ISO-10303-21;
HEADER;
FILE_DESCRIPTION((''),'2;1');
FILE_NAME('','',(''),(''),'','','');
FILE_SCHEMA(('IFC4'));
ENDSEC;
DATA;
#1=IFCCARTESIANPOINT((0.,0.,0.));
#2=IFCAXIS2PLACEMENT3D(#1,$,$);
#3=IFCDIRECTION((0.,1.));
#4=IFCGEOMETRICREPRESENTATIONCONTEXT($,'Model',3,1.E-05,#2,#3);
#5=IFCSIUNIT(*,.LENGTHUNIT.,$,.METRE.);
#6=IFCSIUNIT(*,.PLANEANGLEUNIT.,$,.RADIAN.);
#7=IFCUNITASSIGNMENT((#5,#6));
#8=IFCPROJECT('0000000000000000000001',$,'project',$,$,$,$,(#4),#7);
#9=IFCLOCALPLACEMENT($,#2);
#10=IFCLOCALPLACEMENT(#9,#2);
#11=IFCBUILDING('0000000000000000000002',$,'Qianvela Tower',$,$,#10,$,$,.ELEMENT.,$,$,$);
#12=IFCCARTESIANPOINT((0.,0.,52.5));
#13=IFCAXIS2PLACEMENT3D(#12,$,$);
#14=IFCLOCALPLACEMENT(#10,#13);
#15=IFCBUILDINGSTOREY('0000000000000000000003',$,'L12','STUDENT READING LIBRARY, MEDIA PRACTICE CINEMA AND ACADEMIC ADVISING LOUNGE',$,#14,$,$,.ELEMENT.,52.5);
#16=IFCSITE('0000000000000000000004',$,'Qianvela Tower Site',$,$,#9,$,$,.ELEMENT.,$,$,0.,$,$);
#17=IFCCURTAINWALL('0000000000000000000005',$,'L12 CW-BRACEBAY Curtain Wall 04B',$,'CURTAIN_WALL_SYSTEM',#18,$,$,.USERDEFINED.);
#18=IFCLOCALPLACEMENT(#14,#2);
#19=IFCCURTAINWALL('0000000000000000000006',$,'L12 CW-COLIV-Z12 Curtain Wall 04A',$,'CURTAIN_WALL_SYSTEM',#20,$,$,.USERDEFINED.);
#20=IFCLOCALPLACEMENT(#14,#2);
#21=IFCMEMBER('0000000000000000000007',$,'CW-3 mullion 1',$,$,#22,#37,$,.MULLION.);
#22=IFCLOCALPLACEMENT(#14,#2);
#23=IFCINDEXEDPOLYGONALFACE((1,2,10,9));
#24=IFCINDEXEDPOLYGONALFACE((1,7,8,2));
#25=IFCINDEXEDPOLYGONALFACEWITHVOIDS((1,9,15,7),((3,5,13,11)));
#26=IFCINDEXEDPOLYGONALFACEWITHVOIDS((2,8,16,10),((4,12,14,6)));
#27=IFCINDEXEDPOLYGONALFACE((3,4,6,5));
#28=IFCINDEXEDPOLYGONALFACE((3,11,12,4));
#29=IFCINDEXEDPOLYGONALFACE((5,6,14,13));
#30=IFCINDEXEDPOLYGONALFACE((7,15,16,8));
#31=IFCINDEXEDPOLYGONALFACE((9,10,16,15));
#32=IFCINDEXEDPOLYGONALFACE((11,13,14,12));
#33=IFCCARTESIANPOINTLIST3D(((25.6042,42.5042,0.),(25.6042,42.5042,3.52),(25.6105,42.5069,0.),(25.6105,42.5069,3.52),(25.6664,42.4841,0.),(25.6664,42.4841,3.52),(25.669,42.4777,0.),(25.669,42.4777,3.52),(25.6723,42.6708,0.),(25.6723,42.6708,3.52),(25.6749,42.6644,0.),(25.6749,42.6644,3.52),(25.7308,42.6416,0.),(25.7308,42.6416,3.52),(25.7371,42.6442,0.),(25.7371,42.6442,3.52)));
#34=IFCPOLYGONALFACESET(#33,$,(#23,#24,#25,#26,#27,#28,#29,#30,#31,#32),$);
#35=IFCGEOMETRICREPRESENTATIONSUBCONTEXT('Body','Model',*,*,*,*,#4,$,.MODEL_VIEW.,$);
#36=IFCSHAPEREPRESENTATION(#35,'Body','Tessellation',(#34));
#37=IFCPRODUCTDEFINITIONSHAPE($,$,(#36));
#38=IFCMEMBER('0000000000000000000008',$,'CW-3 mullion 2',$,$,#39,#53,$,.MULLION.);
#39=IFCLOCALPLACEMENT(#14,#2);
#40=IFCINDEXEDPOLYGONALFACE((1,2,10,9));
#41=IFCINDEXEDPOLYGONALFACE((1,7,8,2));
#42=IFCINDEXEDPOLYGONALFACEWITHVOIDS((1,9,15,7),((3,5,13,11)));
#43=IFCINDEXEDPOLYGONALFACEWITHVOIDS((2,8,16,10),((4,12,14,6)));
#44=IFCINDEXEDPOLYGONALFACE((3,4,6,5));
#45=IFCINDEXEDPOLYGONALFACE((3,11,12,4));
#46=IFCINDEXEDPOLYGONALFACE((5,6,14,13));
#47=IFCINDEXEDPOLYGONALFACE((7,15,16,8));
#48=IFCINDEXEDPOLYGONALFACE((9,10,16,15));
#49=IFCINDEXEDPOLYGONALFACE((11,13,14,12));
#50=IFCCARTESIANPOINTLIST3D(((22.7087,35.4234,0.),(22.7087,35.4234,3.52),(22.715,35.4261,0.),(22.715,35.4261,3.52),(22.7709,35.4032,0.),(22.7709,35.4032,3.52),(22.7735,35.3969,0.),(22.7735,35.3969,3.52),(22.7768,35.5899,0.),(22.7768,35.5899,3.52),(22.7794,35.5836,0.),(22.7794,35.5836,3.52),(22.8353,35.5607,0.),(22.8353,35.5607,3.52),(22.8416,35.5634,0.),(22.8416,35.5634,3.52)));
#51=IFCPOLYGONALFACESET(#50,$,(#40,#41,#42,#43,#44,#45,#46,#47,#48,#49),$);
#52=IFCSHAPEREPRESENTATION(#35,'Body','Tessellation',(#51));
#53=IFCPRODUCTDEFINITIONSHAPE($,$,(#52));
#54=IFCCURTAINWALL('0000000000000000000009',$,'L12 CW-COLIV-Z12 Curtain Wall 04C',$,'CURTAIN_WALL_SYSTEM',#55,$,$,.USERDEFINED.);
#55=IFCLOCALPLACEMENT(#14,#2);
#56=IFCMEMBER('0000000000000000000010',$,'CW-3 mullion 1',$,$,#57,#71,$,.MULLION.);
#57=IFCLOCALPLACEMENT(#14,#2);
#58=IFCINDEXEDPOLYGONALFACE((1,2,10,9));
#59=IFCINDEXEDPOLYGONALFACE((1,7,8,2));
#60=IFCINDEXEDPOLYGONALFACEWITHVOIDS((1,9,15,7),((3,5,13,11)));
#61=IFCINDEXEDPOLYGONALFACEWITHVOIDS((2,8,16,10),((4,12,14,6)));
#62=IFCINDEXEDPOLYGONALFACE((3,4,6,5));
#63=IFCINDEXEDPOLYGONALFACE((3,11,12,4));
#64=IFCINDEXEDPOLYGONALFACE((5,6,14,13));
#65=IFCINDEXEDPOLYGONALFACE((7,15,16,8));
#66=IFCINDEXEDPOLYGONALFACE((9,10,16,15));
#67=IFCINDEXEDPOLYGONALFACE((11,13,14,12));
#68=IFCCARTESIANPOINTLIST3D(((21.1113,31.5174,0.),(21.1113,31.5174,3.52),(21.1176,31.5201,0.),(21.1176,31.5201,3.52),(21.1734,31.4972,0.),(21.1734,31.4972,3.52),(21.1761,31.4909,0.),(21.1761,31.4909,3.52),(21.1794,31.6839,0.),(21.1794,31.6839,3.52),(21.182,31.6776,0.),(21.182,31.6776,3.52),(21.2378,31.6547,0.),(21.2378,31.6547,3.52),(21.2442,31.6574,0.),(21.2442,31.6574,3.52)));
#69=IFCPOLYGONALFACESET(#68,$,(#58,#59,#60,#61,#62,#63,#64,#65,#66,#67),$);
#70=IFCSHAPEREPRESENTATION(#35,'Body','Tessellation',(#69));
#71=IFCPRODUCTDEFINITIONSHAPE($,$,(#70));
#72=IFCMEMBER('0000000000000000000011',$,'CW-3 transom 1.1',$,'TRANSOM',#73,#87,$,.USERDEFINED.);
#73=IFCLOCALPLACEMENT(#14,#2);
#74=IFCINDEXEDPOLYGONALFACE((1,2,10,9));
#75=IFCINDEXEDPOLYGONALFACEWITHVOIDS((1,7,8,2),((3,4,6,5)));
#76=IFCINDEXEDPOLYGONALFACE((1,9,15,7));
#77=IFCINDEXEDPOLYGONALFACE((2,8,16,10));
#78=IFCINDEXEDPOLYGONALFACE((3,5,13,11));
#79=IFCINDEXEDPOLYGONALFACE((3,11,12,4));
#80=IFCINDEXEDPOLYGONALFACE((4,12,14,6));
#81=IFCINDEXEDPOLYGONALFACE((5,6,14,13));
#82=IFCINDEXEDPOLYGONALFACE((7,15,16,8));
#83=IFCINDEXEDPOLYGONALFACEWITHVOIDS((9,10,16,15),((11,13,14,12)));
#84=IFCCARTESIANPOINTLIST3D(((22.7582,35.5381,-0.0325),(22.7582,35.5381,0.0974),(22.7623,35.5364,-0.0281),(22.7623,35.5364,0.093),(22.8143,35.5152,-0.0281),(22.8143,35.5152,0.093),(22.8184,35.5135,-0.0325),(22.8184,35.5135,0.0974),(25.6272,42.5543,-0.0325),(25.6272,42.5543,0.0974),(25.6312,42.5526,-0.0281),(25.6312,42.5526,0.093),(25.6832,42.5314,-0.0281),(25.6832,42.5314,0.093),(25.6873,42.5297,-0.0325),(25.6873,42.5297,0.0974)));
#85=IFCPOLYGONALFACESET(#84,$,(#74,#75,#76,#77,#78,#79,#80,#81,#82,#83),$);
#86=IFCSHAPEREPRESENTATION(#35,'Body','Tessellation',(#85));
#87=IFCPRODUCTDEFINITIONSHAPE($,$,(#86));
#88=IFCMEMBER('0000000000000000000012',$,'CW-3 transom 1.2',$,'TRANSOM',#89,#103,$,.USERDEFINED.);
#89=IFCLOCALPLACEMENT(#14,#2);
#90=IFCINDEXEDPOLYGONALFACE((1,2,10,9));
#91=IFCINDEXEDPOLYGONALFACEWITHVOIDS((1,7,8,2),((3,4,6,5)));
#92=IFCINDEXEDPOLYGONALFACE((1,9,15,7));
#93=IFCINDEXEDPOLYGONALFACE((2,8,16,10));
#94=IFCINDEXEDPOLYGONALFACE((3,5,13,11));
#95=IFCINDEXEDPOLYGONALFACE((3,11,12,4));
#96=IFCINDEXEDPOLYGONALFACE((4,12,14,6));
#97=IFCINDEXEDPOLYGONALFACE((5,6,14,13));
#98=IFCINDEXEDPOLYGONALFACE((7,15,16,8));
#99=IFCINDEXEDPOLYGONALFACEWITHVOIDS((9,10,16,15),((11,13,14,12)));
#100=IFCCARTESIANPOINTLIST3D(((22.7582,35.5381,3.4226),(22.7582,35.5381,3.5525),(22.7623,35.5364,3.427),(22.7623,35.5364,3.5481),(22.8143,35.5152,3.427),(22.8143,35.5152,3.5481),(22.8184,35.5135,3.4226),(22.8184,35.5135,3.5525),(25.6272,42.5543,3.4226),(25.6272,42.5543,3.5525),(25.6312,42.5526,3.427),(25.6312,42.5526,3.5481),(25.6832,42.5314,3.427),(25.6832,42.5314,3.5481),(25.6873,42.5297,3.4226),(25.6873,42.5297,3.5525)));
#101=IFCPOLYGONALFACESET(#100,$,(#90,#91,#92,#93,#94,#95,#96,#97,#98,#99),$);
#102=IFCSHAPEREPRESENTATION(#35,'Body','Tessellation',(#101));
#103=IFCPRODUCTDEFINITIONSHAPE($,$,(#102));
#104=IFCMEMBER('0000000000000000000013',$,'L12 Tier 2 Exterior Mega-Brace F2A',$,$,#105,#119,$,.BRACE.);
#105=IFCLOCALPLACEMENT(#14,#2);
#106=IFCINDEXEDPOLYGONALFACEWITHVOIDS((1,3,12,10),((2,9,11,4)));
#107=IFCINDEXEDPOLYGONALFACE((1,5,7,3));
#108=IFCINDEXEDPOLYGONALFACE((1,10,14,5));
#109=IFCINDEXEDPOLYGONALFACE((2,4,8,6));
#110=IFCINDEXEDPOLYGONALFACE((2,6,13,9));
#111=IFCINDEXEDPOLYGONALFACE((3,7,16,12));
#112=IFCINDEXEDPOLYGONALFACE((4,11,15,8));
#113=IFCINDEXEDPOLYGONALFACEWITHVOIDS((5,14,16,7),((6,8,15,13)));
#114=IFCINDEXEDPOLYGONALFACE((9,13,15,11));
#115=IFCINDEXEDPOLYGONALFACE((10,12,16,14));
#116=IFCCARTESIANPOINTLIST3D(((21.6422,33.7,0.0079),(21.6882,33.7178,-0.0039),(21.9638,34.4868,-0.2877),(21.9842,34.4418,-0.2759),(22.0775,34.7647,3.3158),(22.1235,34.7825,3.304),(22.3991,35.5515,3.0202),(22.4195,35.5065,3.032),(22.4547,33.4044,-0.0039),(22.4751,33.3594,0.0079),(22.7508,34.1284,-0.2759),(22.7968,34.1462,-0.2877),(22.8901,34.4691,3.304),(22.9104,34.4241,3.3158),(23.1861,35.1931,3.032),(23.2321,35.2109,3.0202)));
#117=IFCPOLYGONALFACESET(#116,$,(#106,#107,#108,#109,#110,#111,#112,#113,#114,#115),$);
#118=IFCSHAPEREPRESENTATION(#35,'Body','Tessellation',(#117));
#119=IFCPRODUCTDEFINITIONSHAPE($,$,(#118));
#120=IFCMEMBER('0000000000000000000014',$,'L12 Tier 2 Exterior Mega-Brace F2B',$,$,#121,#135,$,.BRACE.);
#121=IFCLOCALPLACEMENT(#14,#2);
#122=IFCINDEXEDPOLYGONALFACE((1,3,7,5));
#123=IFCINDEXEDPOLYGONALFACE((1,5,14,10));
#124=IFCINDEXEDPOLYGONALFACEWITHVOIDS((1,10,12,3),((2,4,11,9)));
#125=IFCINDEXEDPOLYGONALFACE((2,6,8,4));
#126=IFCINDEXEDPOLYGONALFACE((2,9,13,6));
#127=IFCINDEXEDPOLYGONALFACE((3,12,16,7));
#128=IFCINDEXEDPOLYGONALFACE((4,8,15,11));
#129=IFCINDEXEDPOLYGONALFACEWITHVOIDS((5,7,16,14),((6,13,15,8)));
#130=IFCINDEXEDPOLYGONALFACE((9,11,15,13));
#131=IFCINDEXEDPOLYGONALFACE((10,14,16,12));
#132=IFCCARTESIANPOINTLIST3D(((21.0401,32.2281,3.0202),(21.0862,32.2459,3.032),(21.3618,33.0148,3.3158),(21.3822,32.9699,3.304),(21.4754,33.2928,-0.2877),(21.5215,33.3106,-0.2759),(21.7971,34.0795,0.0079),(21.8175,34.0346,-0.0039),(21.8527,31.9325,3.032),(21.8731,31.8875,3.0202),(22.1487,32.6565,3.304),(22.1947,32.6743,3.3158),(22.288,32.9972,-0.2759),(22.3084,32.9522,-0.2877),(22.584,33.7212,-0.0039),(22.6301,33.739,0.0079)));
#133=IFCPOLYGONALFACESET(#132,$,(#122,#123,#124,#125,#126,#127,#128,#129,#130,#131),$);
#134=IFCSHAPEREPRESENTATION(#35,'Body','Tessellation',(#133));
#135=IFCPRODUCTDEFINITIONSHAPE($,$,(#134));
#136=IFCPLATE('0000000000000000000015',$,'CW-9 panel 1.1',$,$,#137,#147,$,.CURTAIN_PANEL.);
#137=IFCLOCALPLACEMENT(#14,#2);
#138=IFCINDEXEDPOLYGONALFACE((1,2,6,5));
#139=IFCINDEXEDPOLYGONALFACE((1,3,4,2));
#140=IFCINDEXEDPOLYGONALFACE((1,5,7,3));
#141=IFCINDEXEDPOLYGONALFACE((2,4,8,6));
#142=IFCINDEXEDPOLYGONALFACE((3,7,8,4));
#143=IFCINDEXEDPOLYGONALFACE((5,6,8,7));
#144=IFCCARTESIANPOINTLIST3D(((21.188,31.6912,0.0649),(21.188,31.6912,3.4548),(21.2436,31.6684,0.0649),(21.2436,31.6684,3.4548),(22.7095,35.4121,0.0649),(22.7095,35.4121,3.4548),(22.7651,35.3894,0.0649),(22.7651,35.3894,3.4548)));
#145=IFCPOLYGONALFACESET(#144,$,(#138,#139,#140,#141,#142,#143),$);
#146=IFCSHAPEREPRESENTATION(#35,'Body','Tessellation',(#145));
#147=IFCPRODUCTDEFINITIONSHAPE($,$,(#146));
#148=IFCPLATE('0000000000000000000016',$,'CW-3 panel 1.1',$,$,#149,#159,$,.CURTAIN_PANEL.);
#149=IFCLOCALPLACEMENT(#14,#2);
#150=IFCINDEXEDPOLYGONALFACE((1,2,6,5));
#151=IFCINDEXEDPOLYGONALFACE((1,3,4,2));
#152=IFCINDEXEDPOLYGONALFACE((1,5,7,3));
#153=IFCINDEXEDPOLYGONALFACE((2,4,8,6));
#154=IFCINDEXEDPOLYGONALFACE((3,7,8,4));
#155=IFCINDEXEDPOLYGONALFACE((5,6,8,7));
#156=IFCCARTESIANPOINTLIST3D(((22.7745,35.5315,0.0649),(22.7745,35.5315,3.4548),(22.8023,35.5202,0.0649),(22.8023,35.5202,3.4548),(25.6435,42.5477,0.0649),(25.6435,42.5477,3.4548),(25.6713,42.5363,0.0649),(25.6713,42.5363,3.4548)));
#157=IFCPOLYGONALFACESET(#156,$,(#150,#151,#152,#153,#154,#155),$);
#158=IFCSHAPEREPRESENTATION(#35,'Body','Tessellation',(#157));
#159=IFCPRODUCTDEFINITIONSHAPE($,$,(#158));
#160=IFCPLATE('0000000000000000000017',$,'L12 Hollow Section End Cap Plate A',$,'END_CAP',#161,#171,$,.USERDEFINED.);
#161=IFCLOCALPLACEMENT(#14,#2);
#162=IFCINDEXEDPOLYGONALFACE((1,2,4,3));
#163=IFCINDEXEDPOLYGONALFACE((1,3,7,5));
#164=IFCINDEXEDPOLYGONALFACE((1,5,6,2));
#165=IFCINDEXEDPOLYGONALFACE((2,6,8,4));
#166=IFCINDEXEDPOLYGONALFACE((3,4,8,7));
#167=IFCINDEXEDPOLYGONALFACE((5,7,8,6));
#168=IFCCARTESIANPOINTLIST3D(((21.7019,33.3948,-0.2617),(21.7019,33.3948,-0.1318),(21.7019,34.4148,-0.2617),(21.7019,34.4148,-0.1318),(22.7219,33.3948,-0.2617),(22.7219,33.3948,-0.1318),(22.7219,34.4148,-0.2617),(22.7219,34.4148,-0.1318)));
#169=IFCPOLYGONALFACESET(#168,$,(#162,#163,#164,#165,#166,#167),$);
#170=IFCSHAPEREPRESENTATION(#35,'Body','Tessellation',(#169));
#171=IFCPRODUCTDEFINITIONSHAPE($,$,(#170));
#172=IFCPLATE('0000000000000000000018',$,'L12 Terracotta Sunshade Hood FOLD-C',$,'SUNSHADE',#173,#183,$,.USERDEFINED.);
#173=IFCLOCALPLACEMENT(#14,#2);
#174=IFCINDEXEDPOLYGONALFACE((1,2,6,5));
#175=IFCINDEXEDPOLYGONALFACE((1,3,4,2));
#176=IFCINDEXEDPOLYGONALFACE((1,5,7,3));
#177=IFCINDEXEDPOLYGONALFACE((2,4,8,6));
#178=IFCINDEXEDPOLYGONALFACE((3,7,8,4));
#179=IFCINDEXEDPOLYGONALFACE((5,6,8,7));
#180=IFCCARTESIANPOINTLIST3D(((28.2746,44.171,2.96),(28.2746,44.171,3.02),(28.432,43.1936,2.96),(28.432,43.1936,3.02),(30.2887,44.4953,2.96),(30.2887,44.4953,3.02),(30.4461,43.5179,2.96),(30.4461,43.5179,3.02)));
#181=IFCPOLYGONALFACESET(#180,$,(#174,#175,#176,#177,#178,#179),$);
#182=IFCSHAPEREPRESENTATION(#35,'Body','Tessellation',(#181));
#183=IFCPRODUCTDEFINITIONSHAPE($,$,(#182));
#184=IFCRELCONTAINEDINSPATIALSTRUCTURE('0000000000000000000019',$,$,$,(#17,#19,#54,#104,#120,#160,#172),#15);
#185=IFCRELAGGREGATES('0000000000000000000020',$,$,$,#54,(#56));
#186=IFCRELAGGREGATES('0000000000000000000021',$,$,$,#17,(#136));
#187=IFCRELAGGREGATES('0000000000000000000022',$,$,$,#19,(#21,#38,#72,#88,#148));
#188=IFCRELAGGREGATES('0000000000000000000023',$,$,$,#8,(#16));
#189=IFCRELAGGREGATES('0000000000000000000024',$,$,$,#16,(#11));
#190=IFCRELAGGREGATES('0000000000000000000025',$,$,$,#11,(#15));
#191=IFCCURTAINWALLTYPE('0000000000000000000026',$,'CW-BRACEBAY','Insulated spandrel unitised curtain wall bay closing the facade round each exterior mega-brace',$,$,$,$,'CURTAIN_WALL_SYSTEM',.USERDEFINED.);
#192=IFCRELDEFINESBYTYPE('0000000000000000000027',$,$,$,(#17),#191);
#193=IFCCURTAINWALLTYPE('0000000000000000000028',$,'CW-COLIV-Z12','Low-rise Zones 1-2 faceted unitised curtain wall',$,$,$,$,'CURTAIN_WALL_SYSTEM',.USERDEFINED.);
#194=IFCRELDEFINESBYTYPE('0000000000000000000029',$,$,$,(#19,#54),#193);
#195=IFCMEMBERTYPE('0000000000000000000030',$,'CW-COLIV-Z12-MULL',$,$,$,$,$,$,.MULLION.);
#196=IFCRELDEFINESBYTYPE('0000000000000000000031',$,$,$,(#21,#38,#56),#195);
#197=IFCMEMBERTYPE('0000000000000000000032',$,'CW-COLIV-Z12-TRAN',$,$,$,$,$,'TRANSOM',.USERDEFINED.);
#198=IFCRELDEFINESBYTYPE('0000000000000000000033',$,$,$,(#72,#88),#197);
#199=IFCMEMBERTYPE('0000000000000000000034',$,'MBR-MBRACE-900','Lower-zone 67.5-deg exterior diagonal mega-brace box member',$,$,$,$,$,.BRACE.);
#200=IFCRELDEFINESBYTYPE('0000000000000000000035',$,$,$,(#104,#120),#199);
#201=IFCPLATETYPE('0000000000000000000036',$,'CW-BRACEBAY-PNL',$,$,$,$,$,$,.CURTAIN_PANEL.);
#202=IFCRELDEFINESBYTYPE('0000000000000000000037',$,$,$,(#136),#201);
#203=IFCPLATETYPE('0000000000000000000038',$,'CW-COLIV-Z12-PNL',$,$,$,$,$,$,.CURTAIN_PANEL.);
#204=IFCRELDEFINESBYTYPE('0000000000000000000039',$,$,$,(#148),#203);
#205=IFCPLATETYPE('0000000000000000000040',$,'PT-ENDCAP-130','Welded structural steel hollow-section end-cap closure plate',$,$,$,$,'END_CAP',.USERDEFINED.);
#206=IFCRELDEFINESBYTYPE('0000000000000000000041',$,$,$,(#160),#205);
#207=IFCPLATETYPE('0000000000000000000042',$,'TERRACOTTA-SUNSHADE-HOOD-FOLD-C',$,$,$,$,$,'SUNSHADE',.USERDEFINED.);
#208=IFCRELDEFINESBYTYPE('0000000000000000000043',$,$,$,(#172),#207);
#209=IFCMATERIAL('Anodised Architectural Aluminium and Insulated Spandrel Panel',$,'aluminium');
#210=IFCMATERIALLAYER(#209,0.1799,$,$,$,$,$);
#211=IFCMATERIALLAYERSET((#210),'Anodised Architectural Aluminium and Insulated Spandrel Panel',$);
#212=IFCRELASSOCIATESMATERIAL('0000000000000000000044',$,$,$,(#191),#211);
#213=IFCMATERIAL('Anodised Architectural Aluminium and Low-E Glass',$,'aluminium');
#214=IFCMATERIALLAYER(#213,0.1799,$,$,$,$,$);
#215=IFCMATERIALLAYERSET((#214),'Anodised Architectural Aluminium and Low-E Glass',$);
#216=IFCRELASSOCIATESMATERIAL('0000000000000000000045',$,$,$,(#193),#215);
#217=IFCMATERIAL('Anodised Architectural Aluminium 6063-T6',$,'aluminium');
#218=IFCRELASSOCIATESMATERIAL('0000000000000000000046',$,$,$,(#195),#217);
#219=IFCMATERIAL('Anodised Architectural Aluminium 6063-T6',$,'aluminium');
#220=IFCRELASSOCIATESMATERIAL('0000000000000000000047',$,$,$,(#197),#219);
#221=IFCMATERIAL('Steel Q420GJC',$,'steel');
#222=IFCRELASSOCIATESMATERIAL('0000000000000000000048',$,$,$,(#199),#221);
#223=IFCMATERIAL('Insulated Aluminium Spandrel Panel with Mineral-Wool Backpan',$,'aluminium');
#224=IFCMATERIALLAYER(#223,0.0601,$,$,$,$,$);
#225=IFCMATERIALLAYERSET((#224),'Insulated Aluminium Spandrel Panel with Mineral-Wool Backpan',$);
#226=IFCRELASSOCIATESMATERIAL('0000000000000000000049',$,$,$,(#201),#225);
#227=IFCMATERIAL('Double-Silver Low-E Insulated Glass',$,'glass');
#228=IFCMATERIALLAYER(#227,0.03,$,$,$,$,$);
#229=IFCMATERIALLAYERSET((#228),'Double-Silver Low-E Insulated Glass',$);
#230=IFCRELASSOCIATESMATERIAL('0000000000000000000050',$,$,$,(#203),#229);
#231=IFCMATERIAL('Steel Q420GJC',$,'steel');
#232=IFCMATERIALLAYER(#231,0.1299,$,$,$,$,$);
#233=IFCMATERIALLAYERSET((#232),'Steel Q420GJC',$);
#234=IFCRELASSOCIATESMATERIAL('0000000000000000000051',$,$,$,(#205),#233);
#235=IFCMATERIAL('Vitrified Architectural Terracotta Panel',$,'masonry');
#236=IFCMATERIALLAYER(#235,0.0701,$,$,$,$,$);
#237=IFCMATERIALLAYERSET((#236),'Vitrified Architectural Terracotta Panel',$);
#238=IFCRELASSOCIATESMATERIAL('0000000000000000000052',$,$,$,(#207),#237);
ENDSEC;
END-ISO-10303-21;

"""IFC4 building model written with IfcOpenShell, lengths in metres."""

from ifc_helpers import new_model, si_unit, direction, frame, origin, origin_2d, place, context, subcontext, project, spatial, rectangle, hollow_rectangle, extrude, material, layer, layer_set, material_profile, profile_set, type_object, element, aggregate, save


model = new_model("IFC4")

# Units and contexts
model_context = context("Model", 3, precision=1e-05, world=origin(), true_north=direction((0.0, 1.0)))
body_context = subcontext(model_context, "Body", "Model", "MODEL_VIEW")
ifc_project = project(units=[si_unit("LENGTHUNIT", "METRE"), si_unit("PLANEANGLEUNIT", "RADIAN")], contexts=[model_context])

# Site, building, storey
site_placement = place(None, origin())
site = spatial("IfcSite", under=ifc_project, at=site_placement, Name="Qianvela Tower Site", CompositionType="ELEMENT", RefElevation=0.0)
building_placement = place(site_placement, origin())
building = spatial("IfcBuilding", under=site, at=building_placement, Name="Qianvela Tower", CompositionType="ELEMENT")
storey_placement = place(building_placement, frame((0.0, 0.0, 52.5)))
storey = spatial("IfcBuildingStorey", under=building, at=storey_placement, Name="L12", Description="STUDENT READING LIBRARY, MEDIA PRACTICE CINEMA AND ACADEMIC ADVISING LOUNGE", CompositionType="ELEMENT", Elevation=52.5)

# Curtain walls, members
ifc_material_1 = material(Name="Anodised Architectural Aluminium and Insulated Spandrel Panel", Category="aluminium")
ifc_layer_1 = layer(ifc_material_1, 0.1799)
ifc_layer_set_1 = layer_set([ifc_layer_1], Name="Anodised Architectural Aluminium and Insulated Spandrel Panel")
curtain_wall_type_1 = type_object("IfcCurtainWallType", Name="CW-BRACEBAY", Description="Insulated spandrel unitised curtain wall bay closing the facade round each exterior mega-brace", ElementType="CURTAIN_WALL_SYSTEM", PredefinedType="USERDEFINED", material=ifc_layer_set_1)
curtain_wall_1_placement = place(storey_placement, origin())
curtain_wall_1 = element("IfcCurtainWall", 1, at=curtain_wall_1_placement, inside=storey, type_object=curtain_wall_type_1, Name="L12 CW-BRACEBAY Curtain Wall 04B", ObjectType="CURTAIN_WALL_SYSTEM", PredefinedType="USERDEFINED")
ifc_material_2 = material(Name="Anodised Architectural Aluminium and Low-E Glass", Category="aluminium")
ifc_layer_2 = layer(ifc_material_2, 0.1799)
ifc_layer_set_2 = layer_set([ifc_layer_2], Name="Anodised Architectural Aluminium and Low-E Glass")
curtain_wall_type_2 = type_object("IfcCurtainWallType", Name="CW-COLIV-Z12", Description="Low-rise Zones 1-2 faceted unitised curtain wall", ElementType="CURTAIN_WALL_SYSTEM", PredefinedType="USERDEFINED", material=ifc_layer_set_2)
curtain_wall_2_placement = place(storey_placement, origin())
curtain_wall_2 = element("IfcCurtainWall", 2, at=curtain_wall_2_placement, inside=storey, type_object=curtain_wall_type_2, Name="L12 CW-COLIV-Z12 Curtain Wall 04A", ObjectType="CURTAIN_WALL_SYSTEM", PredefinedType="USERDEFINED")
ifc_material_3 = material(Name="Anodised Architectural Aluminium 6063-T6", Category="aluminium")
ifc_material_profile_1 = material_profile(ifc_material_3, hollow_rectangle(XDim=0.0701, YDim=0.1799, WallThickness=0.0049, at=origin_2d()), Name="ALU-MULL-70x180")
ifc_profile_set_1 = profile_set([ifc_material_profile_1], Name="Anodised Architectural Aluminium 6063-T6")
member_type_1 = type_object("IfcMemberType", Name="CW-COLIV-Z12-MULL", PredefinedType="MULLION", material=ifc_profile_set_1)
member_1_placement = place(storey_placement, frame((25.6707, 42.5742, 0.0), z_axis=(0.0, 0.0, 1.0), x_axis=(0.925603, -0.378495, 0.0)))
member_1 = element("IfcMember", 3, at=member_1_placement, type_object=member_type_1, Name="CW-3 mullion 1", PredefinedType="MULLION", context=body_context, shape_type="SweptSolid", body=[
    extrude(hollow_rectangle(XDim=0.0701, YDim=0.1799, WallThickness=0.0049, at=origin_2d()), origin(), (0.0, 0.0, 1.0), 3.52),
])
member_2_placement = place(storey_placement, frame((22.7751, 35.4934, 0.0), z_axis=(0.0, 0.0, 1.0), x_axis=(0.925603, -0.378495, 0.0)))
member_2 = element("IfcMember", 4, at=member_2_placement, type_object=member_type_1, Name="CW-3 mullion 2", PredefinedType="MULLION", context=body_context, shape_type="SweptSolid", body=[
    extrude(hollow_rectangle(XDim=0.0701, YDim=0.1799, WallThickness=0.0049, at=origin_2d()), origin(), (0.0, 0.0, 1.0), 3.52),
])

# Curtain wall, member
curtain_wall_3_placement = place(storey_placement, origin())
curtain_wall_3 = element("IfcCurtainWall", 5, at=curtain_wall_3_placement, inside=storey, type_object=curtain_wall_type_2, Name="L12 CW-COLIV-Z12 Curtain Wall 04C", ObjectType="CURTAIN_WALL_SYSTEM", PredefinedType="USERDEFINED")
member_3_placement = place(storey_placement, frame((21.1777, 31.5874, 0.0), z_axis=(0.0, 0.0, 1.0), x_axis=(0.925603, -0.378495, 0.0)))
member_3 = element("IfcMember", 6, at=member_3_placement, type_object=member_type_1, Name="CW-3 mullion 1", PredefinedType="MULLION", context=body_context, shape_type="SweptSolid", body=[
    extrude(hollow_rectangle(XDim=0.0701, YDim=0.1799, WallThickness=0.0049, at=origin_2d()), origin(), (0.0, 0.0, 1.0), 3.52),
])
aggregate(curtain_wall_3, [member_3])

# Members
ifc_material_4 = material(Name="Anodised Architectural Aluminium 6063-T6", Category="aluminium")
ifc_material_profile_2 = material_profile(ifc_material_4, hollow_rectangle(XDim=0.0649, YDim=0.1299, WallThickness=0.0044, at=origin_2d()), Name="ALU-TRAN-65x130")
ifc_profile_set_2 = profile_set([ifc_material_profile_2], Name="Anodised Architectural Aluminium 6063-T6")
member_type_2 = type_object("IfcMemberType", Name="CW-COLIV-Z12-TRAN", ElementType="TRANSOM", PredefinedType="USERDEFINED", material=ifc_profile_set_2)
member_4_placement = place(storey_placement, frame((25.6572, 42.542, 0.0325), z_axis=(-0.378482, -0.925609, 0.0), x_axis=(0.925609, -0.378482, 0.0)))
member_4 = element("IfcMember", 7, at=member_4_placement, type_object=member_type_2, Name="CW-3 transom 1.1", ObjectType="TRANSOM", PredefinedType="USERDEFINED", context=body_context, shape_type="SweptSolid", body=[
    extrude(hollow_rectangle(XDim=0.0649, YDim=0.1299, WallThickness=0.0044, at=origin_2d()), origin(), (0.0, 0.0, 1.0), 7.5801),
])
member_5_placement = place(storey_placement, frame((25.6572, 42.542, 3.4875), z_axis=(-0.378482, -0.925609, 0.0), x_axis=(0.925609, -0.378482, 0.0)))
member_5 = element("IfcMember", 8, at=member_5_placement, type_object=member_type_2, Name="CW-3 transom 1.2", ObjectType="TRANSOM", PredefinedType="USERDEFINED", context=body_context, shape_type="SweptSolid", body=[
    extrude(hollow_rectangle(XDim=0.0649, YDim=0.1299, WallThickness=0.0044, at=origin_2d()), origin(), (0.0, 0.0, 1.0), 7.5801),
])

# Members
ifc_material_5 = material(Name="Steel Q420GJC", Category="steel")
ifc_material_profile_3 = material_profile(ifc_material_5, hollow_rectangle(XDim=0.8999, YDim=0.8999, WallThickness=0.0359, at=origin_2d()), Name="MBOX-900x900x36")
ifc_profile_set_3 = profile_set([ifc_material_profile_3], Name="Steel Q420GJC")
member_type_3 = type_object("IfcMemberType", Name="MBR-MBRACE-900", Description="Lower-zone 67.5-deg exterior diagonal mega-brace box member", PredefinedType="BRACE", material=ifc_profile_set_3)
for number, where, z_axis, x_axis, name in (
    (9, (22.2195, 33.9231, -0.1399), (0.124296, 0.304013, 0.944525), (-0.925625, 0.378443, 0.0), "L12 Tier 2 Exterior Mega-Brace F2A"),
    (10, (22.0527, 33.5159, -0.1399), (-0.124296, -0.304013, 0.944525), (0.925625, -0.378443, 0.0), "L12 Tier 2 Exterior Mega-Brace F2B"),
):
    element("IfcMember", number, at=place(storey_placement, frame(where, z_axis=z_axis, x_axis=x_axis)), inside=storey, type_object=member_type_3, Name=name, PredefinedType="BRACE", context=body_context, shape_type="SweptSolid", body=[
        extrude(hollow_rectangle(XDim=0.8999, YDim=0.8999, WallThickness=0.0359, at=origin_2d()), origin(), (0.0, 0.0, 1.0), 3.5022),
    ])

# Plates
ifc_material_6 = material(Name="Insulated Aluminium Spandrel Panel with Mineral-Wool Backpan", Category="aluminium")
ifc_layer_3 = layer(ifc_material_6, 0.0601)
ifc_layer_set_3 = layer_set([ifc_layer_3], Name="Insulated Aluminium Spandrel Panel with Mineral-Wool Backpan")
plate_type_1 = type_object("IfcPlateType", Name="CW-BRACEBAY-PNL", PredefinedType="CURTAIN_PANEL", material=ifc_layer_set_3)
plate_1_placement = place(storey_placement, frame((21.9766, 33.5403, 0.0649), z_axis=(0.0, 0.0, 1.0), x_axis=(-0.378488, -0.925606, 0.0)))
plate_1 = element("IfcPlate", 11, at=plate_1_placement, type_object=plate_type_1, Name="CW-9 panel 1.1", PredefinedType="CURTAIN_PANEL", context=body_context, shape_type="SweptSolid", body=[
    extrude(rectangle(XDim=4.02, YDim=0.0601, at=origin_2d()), origin(), (0.0, 0.0, 1.0), 3.3899),
])
aggregate(curtain_wall_1, [plate_1])
ifc_material_7 = material(Name="Double-Silver Low-E Insulated Glass", Category="glass")
ifc_layer_4 = layer(ifc_material_7, 0.03)
ifc_layer_set_4 = layer_set([ifc_layer_4], Name="Double-Silver Low-E Insulated Glass")
plate_type_2 = type_object("IfcPlateType", Name="CW-COLIV-Z12-PNL", PredefinedType="CURTAIN_PANEL", material=ifc_layer_set_4)
plate_2_placement = place(storey_placement, frame((24.2229, 39.0339, 0.0649), z_axis=(0.0, 0.0, 1.0), x_axis=(-0.378495, -0.925603, 0.0)))
plate_2 = element("IfcPlate", 12, at=plate_2_placement, type_object=plate_type_2, Name="CW-3 panel 1.1", PredefinedType="CURTAIN_PANEL", context=body_context, shape_type="SweptSolid", body=[
    extrude(rectangle(XDim=7.5801, YDim=0.03, at=origin_2d()), origin(), (0.0, 0.0, 1.0), 3.3899),
])
aggregate(curtain_wall_2, [member_1, member_2, member_4, member_5, plate_2])

# Plates
ifc_material_8 = material(Name="Steel Q420GJC", Category="steel")
ifc_layer_5 = layer(ifc_material_8, 0.1299)
ifc_layer_set_5 = layer_set([ifc_layer_5], Name="Steel Q420GJC")
plate_type_3 = type_object("IfcPlateType", Name="PT-ENDCAP-130", Description="Welded structural steel hollow-section end-cap closure plate", ElementType="END_CAP", PredefinedType="USERDEFINED", material=ifc_layer_set_5)
plate_3_placement = place(storey_placement, frame((22.2119, 33.9048, -0.2617), z_axis=(0.0, 0.0, 1.0), x_axis=(1.0, 0.0, 0.0)))
element("IfcPlate", 13, at=plate_3_placement, inside=storey, type_object=plate_type_3, Name="L12 Hollow Section End Cap Plate A", ObjectType="END_CAP", PredefinedType="USERDEFINED", context=body_context, shape_type="SweptSolid", body=[
    extrude(rectangle(XDim=1.02, YDim=1.02, at=origin_2d()), origin(), (0.0, 0.0, 1.0), 0.1299),
])
ifc_material_9 = material(Name="Vitrified Architectural Terracotta Panel", Category="masonry")
ifc_layer_6 = layer(ifc_material_9, 0.0701)
ifc_layer_set_6 = layer_set([ifc_layer_6], Name="Vitrified Architectural Terracotta Panel")
plate_type_4 = type_object("IfcPlateType", Name="TERRACOTTA-SUNSHADE-HOOD-FOLD-C", ElementType="SUNSHADE", PredefinedType="USERDEFINED", material=ifc_layer_set_6)
plate_4_placement = place(storey_placement, frame((29.3604, 43.8445, 2.96), z_axis=(0.0, 0.0, 1.0), x_axis=(-0.987285, -0.158958, 0.0)))
element("IfcPlate", 14, at=plate_4_placement, inside=storey, type_object=plate_type_4, Name="L12 Terracotta Sunshade Hood FOLD-C", ObjectType="SUNSHADE", PredefinedType="USERDEFINED", context=body_context, shape_type="SweptSolid", body=[
    extrude(rectangle(XDim=2.04, YDim=0.99, at=origin_2d()), origin(), (0.0, 0.0, 1.0), 0.0601),
])

save(model, "model.ifc")
